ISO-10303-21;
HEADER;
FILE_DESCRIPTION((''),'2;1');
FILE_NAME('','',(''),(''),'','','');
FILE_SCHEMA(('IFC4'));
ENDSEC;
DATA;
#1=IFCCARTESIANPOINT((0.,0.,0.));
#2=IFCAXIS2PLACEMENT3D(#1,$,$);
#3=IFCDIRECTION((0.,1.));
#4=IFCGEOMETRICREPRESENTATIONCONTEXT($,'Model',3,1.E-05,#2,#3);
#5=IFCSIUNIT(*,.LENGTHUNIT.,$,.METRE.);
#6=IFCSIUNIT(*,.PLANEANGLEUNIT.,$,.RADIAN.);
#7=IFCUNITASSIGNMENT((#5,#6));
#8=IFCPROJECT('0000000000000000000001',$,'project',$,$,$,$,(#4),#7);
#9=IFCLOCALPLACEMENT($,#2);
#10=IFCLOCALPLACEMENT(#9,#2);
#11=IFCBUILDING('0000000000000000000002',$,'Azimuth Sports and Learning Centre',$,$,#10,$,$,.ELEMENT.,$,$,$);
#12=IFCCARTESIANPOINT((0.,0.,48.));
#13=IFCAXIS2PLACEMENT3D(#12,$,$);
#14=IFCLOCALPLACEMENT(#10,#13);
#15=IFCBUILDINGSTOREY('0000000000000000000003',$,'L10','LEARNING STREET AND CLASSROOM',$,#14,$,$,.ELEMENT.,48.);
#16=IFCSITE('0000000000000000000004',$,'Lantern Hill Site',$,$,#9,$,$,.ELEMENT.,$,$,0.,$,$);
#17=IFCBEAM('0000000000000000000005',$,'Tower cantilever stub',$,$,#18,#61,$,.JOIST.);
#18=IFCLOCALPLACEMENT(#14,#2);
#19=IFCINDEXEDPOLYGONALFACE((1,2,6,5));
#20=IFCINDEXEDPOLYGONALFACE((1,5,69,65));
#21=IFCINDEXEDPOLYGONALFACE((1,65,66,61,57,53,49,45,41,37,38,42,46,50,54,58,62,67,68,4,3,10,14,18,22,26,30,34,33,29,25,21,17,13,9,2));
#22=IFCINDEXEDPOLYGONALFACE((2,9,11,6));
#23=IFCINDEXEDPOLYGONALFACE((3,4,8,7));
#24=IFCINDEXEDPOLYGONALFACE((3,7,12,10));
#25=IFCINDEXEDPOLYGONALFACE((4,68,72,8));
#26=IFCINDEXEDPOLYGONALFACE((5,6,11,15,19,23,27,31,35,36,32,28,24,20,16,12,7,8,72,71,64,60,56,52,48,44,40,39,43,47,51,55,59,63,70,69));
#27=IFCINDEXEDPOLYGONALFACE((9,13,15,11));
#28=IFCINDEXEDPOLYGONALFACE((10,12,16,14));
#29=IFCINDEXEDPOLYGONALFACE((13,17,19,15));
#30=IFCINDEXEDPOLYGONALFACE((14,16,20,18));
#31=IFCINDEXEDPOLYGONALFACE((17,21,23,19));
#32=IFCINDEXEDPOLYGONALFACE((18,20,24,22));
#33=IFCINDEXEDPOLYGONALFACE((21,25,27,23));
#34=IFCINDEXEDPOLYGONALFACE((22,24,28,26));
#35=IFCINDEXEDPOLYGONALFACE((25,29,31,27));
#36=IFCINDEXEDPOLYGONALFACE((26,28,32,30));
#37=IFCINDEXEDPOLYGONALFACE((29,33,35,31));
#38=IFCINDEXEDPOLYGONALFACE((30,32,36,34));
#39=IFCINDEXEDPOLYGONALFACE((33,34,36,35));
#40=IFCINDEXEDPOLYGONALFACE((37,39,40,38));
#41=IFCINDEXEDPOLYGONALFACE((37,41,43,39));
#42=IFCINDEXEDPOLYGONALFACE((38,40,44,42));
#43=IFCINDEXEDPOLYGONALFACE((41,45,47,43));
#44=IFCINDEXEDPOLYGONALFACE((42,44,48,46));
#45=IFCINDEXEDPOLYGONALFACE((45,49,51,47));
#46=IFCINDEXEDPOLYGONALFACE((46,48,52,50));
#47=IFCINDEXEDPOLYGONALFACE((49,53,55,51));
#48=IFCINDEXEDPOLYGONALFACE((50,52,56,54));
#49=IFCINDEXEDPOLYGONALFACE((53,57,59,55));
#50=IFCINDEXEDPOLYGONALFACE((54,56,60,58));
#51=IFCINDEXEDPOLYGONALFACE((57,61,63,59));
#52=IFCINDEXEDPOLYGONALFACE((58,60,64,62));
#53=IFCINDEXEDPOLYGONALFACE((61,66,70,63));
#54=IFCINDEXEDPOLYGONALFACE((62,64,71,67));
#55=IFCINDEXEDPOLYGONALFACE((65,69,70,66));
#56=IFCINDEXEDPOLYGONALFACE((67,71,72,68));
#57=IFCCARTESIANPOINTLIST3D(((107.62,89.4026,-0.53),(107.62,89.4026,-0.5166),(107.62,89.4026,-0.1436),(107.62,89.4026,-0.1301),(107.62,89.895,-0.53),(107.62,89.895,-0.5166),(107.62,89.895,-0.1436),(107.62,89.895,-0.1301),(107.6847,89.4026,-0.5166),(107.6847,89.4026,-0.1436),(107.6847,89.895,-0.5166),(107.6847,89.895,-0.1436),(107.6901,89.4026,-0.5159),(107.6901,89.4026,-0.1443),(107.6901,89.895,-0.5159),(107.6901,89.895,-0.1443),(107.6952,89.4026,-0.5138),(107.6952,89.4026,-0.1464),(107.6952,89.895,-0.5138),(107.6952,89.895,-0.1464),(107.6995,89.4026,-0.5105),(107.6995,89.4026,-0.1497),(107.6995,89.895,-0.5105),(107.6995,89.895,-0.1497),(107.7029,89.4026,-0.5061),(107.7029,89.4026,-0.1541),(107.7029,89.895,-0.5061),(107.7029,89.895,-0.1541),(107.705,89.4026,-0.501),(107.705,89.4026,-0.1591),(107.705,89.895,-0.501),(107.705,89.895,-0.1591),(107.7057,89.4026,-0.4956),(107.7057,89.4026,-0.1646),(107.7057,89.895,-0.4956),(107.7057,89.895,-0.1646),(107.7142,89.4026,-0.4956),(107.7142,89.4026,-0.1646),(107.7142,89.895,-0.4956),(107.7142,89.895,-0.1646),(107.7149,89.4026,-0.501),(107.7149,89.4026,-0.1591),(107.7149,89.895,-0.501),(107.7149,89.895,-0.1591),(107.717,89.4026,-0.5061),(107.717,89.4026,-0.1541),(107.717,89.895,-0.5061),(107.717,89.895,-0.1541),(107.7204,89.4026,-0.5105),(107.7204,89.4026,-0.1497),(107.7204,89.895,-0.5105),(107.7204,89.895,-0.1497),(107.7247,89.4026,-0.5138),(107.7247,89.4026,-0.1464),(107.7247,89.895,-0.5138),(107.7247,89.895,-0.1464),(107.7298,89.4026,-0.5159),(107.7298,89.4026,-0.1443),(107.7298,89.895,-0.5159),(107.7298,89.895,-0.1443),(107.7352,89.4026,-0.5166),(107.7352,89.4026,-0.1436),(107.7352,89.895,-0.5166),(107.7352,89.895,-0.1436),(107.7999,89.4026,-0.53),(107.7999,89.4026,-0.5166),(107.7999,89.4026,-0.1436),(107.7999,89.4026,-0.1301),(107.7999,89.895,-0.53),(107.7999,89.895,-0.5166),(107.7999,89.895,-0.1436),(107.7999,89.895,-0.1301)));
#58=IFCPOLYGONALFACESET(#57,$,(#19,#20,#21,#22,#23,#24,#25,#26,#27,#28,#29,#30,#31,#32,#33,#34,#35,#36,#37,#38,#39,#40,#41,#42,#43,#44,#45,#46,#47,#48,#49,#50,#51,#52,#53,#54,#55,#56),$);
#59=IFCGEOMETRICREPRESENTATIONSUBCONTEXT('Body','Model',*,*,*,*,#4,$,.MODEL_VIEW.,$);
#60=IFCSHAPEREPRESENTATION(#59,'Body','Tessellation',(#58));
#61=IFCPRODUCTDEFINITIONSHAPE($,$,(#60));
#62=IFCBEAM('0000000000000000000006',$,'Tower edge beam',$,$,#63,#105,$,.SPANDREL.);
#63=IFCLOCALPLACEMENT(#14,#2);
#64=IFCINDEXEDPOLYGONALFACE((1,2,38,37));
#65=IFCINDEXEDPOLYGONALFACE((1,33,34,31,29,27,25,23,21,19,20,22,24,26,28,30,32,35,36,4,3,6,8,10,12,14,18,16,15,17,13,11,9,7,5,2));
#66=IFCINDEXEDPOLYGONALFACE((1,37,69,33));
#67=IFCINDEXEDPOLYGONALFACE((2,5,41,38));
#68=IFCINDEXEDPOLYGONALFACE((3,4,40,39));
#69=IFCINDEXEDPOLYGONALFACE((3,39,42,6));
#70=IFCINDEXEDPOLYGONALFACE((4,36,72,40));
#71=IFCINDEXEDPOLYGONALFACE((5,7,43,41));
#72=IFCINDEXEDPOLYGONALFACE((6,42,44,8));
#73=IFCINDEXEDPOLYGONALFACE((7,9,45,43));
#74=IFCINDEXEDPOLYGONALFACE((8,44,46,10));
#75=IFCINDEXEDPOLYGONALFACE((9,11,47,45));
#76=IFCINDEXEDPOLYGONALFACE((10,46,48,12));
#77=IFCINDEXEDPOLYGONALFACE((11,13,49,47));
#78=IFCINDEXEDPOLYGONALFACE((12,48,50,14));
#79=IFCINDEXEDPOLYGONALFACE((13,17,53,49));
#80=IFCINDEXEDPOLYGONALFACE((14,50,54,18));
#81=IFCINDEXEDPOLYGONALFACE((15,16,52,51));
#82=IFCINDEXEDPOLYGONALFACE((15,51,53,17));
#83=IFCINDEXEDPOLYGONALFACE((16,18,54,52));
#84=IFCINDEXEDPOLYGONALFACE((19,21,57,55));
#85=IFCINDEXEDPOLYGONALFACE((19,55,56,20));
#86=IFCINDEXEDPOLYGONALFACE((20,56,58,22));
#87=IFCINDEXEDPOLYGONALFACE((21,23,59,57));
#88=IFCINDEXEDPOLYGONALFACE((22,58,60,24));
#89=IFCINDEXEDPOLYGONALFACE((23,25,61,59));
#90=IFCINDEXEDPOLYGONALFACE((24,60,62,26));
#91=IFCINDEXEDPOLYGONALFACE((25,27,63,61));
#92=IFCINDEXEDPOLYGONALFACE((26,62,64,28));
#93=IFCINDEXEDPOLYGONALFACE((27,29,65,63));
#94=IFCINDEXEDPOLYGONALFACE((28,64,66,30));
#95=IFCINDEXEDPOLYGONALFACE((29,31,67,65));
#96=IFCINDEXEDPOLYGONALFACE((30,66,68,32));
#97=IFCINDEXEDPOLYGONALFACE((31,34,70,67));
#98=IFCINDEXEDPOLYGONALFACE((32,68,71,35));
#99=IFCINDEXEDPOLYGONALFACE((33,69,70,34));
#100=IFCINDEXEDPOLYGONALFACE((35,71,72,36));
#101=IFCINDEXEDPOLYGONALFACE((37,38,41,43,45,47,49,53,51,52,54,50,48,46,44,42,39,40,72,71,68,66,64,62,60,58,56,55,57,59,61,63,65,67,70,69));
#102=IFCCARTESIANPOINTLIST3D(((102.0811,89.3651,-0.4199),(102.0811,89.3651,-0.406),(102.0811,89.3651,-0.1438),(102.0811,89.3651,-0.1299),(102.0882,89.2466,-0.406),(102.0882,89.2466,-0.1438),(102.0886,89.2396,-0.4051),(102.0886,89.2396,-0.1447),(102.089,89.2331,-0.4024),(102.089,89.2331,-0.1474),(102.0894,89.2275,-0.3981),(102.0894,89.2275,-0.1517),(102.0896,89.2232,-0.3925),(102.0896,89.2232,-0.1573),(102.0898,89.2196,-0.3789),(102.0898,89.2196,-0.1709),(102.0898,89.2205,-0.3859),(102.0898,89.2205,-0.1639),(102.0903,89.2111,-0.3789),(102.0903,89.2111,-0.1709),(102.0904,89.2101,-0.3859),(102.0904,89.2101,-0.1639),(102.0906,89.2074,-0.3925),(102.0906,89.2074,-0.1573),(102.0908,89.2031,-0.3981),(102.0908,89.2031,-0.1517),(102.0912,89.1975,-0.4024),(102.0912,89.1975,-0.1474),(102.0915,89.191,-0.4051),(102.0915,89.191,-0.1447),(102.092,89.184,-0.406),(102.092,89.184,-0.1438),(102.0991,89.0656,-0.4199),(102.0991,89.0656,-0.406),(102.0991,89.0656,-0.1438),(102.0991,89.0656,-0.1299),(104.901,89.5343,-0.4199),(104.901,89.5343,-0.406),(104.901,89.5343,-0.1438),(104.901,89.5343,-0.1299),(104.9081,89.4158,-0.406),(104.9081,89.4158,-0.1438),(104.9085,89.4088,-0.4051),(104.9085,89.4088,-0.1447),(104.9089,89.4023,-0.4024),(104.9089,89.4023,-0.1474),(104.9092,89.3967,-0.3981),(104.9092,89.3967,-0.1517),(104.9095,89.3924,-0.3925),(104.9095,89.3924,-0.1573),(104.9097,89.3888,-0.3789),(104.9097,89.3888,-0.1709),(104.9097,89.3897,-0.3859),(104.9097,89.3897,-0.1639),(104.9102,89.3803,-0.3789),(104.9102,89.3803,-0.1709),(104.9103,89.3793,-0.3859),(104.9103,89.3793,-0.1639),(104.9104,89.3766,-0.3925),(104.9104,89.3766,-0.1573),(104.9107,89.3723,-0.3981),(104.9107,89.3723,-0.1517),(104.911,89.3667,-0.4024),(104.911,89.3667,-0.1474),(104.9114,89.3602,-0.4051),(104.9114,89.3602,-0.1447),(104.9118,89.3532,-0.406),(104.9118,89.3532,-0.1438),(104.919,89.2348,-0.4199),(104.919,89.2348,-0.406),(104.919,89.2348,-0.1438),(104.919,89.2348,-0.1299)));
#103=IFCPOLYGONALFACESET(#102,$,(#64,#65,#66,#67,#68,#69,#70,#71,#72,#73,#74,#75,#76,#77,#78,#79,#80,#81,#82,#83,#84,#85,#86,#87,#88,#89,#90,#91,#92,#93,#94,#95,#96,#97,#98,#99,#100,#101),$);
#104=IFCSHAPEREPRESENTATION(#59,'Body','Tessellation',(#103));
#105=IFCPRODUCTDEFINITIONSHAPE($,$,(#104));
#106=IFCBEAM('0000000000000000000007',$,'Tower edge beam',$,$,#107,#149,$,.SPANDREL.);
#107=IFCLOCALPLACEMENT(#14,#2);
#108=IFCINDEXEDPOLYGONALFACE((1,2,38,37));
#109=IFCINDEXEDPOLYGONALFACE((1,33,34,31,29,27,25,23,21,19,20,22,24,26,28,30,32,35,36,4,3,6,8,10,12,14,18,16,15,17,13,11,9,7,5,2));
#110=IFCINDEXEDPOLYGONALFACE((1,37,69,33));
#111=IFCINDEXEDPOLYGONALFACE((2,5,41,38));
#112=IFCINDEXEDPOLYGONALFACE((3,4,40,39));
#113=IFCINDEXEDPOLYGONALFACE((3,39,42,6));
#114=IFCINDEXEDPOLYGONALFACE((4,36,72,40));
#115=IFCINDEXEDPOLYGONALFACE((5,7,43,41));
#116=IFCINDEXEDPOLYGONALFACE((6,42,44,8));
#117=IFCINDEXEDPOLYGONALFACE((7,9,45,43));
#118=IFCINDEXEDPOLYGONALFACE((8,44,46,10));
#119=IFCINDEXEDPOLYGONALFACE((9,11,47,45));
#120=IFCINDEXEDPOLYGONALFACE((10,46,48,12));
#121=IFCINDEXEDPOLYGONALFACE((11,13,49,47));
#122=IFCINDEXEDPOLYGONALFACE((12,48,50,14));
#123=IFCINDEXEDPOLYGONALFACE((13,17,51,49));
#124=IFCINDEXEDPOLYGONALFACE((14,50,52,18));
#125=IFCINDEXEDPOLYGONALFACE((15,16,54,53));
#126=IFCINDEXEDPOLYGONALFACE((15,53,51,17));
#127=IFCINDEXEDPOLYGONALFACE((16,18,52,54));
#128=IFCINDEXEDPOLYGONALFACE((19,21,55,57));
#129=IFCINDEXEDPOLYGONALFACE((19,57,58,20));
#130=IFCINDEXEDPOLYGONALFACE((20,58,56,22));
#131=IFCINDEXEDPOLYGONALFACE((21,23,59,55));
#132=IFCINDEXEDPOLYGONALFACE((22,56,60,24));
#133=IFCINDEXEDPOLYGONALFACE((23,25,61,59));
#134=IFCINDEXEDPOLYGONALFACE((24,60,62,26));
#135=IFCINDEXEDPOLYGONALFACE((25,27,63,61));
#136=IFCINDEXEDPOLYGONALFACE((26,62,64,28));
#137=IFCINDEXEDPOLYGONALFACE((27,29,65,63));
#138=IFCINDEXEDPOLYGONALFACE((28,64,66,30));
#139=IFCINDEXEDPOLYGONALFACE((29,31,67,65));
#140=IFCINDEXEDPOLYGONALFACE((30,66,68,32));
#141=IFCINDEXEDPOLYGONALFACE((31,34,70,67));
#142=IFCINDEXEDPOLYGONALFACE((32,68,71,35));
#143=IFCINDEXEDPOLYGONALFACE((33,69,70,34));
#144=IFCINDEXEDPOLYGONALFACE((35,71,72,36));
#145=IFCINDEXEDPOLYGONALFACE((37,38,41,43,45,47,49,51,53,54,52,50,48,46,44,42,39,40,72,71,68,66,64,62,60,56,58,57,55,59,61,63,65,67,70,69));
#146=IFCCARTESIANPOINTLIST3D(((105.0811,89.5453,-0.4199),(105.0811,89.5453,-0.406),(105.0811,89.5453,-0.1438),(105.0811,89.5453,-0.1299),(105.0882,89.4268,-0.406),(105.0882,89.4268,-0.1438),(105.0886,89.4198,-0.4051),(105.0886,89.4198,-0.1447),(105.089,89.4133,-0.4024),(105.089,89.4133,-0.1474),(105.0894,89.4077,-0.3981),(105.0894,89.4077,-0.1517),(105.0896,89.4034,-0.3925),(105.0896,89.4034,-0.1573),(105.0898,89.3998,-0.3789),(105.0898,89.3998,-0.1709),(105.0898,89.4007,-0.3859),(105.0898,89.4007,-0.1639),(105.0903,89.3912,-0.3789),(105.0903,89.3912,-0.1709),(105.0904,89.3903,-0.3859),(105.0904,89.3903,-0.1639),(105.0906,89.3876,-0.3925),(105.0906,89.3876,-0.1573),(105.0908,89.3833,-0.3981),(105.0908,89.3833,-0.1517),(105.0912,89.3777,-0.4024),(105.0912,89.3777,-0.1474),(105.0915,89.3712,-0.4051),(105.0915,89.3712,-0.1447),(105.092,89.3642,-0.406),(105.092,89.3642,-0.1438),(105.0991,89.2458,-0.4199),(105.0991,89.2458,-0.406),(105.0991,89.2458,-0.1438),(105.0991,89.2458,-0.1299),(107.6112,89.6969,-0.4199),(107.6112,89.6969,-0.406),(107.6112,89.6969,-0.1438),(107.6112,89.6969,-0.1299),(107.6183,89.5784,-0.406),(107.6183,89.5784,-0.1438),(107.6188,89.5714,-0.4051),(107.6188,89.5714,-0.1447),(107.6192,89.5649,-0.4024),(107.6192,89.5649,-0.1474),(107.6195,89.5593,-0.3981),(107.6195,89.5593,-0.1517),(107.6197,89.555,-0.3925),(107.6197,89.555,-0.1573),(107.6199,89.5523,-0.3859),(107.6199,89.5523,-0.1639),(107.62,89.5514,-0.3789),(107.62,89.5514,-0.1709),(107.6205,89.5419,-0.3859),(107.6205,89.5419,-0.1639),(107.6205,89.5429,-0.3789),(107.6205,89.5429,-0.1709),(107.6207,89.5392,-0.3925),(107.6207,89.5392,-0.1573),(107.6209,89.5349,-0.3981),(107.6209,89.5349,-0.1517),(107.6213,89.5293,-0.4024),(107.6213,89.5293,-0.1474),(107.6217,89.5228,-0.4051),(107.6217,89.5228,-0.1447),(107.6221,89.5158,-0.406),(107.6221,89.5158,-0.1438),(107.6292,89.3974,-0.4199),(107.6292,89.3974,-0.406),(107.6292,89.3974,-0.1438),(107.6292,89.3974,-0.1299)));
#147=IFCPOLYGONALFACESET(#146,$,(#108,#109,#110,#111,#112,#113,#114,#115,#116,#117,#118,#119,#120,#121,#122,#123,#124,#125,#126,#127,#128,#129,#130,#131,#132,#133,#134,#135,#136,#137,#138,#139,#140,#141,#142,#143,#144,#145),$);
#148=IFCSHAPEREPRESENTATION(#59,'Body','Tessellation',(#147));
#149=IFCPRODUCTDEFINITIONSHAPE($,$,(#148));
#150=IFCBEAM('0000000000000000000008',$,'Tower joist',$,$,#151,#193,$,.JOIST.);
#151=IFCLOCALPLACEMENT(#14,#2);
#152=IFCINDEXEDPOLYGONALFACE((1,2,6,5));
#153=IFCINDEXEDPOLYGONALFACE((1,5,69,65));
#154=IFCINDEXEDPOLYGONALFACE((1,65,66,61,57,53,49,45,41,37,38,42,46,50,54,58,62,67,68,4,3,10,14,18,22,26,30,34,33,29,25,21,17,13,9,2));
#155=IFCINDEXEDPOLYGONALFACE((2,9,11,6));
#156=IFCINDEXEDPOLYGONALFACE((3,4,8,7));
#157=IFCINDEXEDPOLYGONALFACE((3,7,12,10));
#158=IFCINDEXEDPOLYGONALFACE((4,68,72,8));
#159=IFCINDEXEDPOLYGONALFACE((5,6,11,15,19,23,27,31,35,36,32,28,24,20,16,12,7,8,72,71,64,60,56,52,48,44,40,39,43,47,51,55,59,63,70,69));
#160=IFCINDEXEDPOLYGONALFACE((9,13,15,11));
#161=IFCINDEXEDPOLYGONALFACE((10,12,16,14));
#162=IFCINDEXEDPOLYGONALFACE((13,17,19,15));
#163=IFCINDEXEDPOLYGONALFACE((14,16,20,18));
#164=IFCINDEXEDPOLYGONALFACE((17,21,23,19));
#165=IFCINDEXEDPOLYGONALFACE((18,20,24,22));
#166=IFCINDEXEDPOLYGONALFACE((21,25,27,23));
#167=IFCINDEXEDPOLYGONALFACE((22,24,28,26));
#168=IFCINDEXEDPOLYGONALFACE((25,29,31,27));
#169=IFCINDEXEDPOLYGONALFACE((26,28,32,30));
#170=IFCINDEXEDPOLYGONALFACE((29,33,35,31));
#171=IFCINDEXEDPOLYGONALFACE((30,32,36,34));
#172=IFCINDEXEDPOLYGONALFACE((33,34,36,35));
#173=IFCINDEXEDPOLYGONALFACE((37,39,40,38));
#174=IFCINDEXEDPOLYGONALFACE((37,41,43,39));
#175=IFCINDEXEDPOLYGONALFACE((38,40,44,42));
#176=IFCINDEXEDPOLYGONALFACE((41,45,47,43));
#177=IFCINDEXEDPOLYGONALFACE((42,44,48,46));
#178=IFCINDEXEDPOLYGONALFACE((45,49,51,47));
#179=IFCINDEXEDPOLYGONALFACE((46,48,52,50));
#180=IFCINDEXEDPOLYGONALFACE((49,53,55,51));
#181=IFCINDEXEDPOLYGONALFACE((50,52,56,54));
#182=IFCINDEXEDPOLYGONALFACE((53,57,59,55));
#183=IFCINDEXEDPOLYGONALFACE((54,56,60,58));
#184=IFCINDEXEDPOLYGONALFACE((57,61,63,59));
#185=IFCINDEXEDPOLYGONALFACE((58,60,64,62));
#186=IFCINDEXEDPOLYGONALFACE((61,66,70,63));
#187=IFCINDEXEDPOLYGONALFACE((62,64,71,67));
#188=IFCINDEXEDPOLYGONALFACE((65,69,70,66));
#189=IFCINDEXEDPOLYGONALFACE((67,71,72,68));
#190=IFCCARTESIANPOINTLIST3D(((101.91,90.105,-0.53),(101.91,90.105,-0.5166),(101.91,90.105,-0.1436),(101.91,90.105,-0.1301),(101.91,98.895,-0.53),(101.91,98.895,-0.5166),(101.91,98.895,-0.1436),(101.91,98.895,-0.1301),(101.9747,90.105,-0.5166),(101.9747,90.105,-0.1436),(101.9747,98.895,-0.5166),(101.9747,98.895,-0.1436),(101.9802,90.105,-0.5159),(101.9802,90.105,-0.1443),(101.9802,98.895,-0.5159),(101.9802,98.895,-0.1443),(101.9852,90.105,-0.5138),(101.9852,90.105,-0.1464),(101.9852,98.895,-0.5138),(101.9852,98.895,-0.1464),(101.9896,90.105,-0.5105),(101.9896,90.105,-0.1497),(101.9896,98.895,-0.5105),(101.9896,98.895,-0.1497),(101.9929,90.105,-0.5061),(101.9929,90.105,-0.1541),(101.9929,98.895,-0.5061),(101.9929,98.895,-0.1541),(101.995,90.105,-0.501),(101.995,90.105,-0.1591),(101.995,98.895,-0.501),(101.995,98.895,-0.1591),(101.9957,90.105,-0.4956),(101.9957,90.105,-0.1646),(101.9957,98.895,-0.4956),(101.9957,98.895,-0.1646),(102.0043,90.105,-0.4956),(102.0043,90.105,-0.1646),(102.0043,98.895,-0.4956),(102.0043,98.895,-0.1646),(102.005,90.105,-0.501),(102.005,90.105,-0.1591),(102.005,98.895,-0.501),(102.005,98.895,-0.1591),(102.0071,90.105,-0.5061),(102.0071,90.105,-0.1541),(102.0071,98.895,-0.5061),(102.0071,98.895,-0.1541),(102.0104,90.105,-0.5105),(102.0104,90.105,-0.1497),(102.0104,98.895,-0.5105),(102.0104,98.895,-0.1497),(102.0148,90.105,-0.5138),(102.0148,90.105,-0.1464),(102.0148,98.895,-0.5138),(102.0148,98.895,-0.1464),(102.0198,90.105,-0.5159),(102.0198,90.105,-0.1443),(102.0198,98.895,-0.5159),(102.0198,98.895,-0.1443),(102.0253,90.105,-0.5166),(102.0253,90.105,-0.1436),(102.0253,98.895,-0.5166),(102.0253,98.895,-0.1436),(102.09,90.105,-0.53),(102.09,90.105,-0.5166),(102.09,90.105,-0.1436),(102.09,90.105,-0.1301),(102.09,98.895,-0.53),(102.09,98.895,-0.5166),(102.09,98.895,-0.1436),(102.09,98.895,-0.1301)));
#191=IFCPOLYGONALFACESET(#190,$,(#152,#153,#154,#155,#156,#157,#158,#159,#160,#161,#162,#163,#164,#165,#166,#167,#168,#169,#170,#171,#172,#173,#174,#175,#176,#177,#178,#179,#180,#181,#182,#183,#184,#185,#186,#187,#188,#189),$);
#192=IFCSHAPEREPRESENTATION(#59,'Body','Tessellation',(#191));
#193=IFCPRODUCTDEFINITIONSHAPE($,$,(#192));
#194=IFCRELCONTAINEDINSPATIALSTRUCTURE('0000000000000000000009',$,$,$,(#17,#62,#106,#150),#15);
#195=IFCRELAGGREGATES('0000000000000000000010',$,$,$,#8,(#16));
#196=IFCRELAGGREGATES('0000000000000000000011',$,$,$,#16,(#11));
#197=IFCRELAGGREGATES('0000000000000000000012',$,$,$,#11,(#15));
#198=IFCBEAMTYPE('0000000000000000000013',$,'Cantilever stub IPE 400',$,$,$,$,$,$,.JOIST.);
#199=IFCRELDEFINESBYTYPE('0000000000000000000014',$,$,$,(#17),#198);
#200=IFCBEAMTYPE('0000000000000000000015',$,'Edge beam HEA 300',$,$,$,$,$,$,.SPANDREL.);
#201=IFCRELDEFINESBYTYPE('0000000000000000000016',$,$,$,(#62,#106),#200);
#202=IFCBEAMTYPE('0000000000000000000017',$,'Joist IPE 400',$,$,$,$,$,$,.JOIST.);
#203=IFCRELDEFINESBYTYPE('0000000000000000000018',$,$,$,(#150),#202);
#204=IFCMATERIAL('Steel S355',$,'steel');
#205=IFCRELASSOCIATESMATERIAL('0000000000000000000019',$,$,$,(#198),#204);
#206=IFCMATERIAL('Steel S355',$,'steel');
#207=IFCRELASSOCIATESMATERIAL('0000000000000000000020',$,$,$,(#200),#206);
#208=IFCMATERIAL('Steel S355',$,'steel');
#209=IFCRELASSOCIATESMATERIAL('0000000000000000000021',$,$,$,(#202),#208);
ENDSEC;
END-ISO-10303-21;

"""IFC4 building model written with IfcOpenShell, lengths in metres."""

from ifc_helpers import new_model, si_unit, direction, frame, origin, origin_2d, place, context, subcontext, project, spatial, i_section, extrude, material, material_profile, profile_set, type_object, element, save


model = new_model("IFC4")

# Units and contexts
model_context = context("Model", 3, precision=1e-05, world=origin(), true_north=direction((0.0, 1.0)))
body_context = subcontext(model_context, "Body", "Model", "MODEL_VIEW")
ifc_project = project(units=[si_unit("LENGTHUNIT", "METRE"), si_unit("PLANEANGLEUNIT", "RADIAN")], contexts=[model_context])

# Site, building, storey
site_placement = place(None, origin())
site = spatial("IfcSite", under=ifc_project, at=site_placement, Name="Lantern Hill Site", CompositionType="ELEMENT", RefElevation=0.0)
building_placement = place(site_placement, origin())
building = spatial("IfcBuilding", under=site, at=building_placement, Name="Azimuth Sports and Learning Centre", CompositionType="ELEMENT")
storey_placement = place(building_placement, frame((0.0, 0.0, 48.0)))
storey = spatial("IfcBuildingStorey", under=building, at=storey_placement, Name="L10", Description="LEARNING STREET AND CLASSROOM", CompositionType="ELEMENT", Elevation=48.0)

# Beams
ifc_material_1 = material(Name="Steel S355", Category="steel")
ifc_material_profile_1 = material_profile(ifc_material_1, i_section(OverallWidth=0.1799, OverallDepth=0.3999, WebThickness=0.0085, FlangeThickness=0.0134, FilletRadius=0.021, at=origin_2d()), Name="IPE 400")
ifc_profile_set_1 = profile_set([ifc_material_profile_1], Name="Steel S355")
beam_type_1 = type_object("IfcBeamType", Name="Cantilever stub IPE 400", PredefinedType="JOIST", material=ifc_profile_set_1)
beam_1_placement = place(storey_placement, frame((107.71, 89.895, -0.3301), z_axis=(0.0, -1.0, 0.0), x_axis=(1.0, 0.0, 0.0)))
element("IfcBeam", 1, at=beam_1_placement, inside=storey, type_object=beam_type_1, Name="Tower cantilever stub", PredefinedType="JOIST", context=body_context, shape_type="SweptSolid", body=[
    extrude(i_section(OverallWidth=0.1799, OverallDepth=0.3999, WebThickness=0.0085, FlangeThickness=0.0134, FilletRadius=0.021, at=origin_2d()), origin(), (0.0, 0.0, 1.0), 0.4924),
])
ifc_material_2 = material(Name="Steel S355", Category="steel")
ifc_material_profile_2 = material_profile(ifc_material_2, i_section(OverallWidth=0.3, OverallDepth=0.29, WebThickness=0.0085, FlangeThickness=0.0139, FilletRadius=0.0271, at=origin_2d()), Name="HEA 300")
ifc_profile_set_2 = profile_set([ifc_material_profile_2], Name="Steel S355")
beam_type_2 = type_object("IfcBeamType", Name="Edge beam HEA 300", PredefinedType="SPANDREL", material=ifc_profile_set_2)
beam_2_placement = place(storey_placement, frame((102.0901, 89.2153, -0.2749), z_axis=(0.998205, 0.059892, 0.0), x_axis=(-0.059892, 0.998205, 0.0)))
element("IfcBeam", 2, at=beam_2_placement, inside=storey, type_object=beam_type_2, Name="Tower edge beam", PredefinedType="SPANDREL", context=body_context, shape_type="SweptSolid", body=[
    extrude(i_section(OverallWidth=0.3, OverallDepth=0.29, WebThickness=0.0085, FlangeThickness=0.0139, FilletRadius=0.0271, at=origin_2d()), origin(), (0.0, 0.0, 1.0), 2.825),
])
beam_3_placement = place(storey_placement, frame((105.0901, 89.3955, -0.2749), z_axis=(0.998209, 0.059817, 0.0), x_axis=(-0.059817, 0.998209, 0.0)))
element("IfcBeam", 3, at=beam_3_placement, inside=storey, type_object=beam_type_2, Name="Tower edge beam", PredefinedType="SPANDREL", context=body_context, shape_type="SweptSolid", body=[
    extrude(i_section(OverallWidth=0.3, OverallDepth=0.29, WebThickness=0.0085, FlangeThickness=0.0139, FilletRadius=0.0271, at=origin_2d()), origin(), (0.0, 0.0, 1.0), 2.5347),
])
ifc_material_3 = material(Name="Steel S355", Category="steel")
ifc_material_profile_3 = material_profile(ifc_material_3, i_section(OverallWidth=0.1799, OverallDepth=0.3999, WebThickness=0.0085, FlangeThickness=0.0134, FilletRadius=0.021, at=origin_2d()), Name="IPE 400")
ifc_profile_set_3 = profile_set([ifc_material_profile_3], Name="Steel S355")
beam_type_3 = type_object("IfcBeamType", Name="Joist IPE 400", PredefinedType="JOIST", material=ifc_profile_set_3)
for number, where, z_axis, x_axis, name in (
    (4, (102.0, 90.105, -0.3301), (0.0, 1.0, 0.0), (-1.0, 0.0, 0.0), "Tower joist"),
):
    element("IfcBeam", number, at=place(storey_placement, frame(where, z_axis=z_axis, x_axis=x_axis)), inside=storey, type_object=beam_type_3, Name=name, PredefinedType="JOIST", context=body_context, shape_type="SweptSolid", body=[
        extrude(i_section(OverallWidth=0.1799, OverallDepth=0.3999, WebThickness=0.0085, FlangeThickness=0.0134, FilletRadius=0.021, at=origin_2d()), origin(), (0.0, 0.0, 1.0), 8.79),
    ])

save(model, "model.ifc")
